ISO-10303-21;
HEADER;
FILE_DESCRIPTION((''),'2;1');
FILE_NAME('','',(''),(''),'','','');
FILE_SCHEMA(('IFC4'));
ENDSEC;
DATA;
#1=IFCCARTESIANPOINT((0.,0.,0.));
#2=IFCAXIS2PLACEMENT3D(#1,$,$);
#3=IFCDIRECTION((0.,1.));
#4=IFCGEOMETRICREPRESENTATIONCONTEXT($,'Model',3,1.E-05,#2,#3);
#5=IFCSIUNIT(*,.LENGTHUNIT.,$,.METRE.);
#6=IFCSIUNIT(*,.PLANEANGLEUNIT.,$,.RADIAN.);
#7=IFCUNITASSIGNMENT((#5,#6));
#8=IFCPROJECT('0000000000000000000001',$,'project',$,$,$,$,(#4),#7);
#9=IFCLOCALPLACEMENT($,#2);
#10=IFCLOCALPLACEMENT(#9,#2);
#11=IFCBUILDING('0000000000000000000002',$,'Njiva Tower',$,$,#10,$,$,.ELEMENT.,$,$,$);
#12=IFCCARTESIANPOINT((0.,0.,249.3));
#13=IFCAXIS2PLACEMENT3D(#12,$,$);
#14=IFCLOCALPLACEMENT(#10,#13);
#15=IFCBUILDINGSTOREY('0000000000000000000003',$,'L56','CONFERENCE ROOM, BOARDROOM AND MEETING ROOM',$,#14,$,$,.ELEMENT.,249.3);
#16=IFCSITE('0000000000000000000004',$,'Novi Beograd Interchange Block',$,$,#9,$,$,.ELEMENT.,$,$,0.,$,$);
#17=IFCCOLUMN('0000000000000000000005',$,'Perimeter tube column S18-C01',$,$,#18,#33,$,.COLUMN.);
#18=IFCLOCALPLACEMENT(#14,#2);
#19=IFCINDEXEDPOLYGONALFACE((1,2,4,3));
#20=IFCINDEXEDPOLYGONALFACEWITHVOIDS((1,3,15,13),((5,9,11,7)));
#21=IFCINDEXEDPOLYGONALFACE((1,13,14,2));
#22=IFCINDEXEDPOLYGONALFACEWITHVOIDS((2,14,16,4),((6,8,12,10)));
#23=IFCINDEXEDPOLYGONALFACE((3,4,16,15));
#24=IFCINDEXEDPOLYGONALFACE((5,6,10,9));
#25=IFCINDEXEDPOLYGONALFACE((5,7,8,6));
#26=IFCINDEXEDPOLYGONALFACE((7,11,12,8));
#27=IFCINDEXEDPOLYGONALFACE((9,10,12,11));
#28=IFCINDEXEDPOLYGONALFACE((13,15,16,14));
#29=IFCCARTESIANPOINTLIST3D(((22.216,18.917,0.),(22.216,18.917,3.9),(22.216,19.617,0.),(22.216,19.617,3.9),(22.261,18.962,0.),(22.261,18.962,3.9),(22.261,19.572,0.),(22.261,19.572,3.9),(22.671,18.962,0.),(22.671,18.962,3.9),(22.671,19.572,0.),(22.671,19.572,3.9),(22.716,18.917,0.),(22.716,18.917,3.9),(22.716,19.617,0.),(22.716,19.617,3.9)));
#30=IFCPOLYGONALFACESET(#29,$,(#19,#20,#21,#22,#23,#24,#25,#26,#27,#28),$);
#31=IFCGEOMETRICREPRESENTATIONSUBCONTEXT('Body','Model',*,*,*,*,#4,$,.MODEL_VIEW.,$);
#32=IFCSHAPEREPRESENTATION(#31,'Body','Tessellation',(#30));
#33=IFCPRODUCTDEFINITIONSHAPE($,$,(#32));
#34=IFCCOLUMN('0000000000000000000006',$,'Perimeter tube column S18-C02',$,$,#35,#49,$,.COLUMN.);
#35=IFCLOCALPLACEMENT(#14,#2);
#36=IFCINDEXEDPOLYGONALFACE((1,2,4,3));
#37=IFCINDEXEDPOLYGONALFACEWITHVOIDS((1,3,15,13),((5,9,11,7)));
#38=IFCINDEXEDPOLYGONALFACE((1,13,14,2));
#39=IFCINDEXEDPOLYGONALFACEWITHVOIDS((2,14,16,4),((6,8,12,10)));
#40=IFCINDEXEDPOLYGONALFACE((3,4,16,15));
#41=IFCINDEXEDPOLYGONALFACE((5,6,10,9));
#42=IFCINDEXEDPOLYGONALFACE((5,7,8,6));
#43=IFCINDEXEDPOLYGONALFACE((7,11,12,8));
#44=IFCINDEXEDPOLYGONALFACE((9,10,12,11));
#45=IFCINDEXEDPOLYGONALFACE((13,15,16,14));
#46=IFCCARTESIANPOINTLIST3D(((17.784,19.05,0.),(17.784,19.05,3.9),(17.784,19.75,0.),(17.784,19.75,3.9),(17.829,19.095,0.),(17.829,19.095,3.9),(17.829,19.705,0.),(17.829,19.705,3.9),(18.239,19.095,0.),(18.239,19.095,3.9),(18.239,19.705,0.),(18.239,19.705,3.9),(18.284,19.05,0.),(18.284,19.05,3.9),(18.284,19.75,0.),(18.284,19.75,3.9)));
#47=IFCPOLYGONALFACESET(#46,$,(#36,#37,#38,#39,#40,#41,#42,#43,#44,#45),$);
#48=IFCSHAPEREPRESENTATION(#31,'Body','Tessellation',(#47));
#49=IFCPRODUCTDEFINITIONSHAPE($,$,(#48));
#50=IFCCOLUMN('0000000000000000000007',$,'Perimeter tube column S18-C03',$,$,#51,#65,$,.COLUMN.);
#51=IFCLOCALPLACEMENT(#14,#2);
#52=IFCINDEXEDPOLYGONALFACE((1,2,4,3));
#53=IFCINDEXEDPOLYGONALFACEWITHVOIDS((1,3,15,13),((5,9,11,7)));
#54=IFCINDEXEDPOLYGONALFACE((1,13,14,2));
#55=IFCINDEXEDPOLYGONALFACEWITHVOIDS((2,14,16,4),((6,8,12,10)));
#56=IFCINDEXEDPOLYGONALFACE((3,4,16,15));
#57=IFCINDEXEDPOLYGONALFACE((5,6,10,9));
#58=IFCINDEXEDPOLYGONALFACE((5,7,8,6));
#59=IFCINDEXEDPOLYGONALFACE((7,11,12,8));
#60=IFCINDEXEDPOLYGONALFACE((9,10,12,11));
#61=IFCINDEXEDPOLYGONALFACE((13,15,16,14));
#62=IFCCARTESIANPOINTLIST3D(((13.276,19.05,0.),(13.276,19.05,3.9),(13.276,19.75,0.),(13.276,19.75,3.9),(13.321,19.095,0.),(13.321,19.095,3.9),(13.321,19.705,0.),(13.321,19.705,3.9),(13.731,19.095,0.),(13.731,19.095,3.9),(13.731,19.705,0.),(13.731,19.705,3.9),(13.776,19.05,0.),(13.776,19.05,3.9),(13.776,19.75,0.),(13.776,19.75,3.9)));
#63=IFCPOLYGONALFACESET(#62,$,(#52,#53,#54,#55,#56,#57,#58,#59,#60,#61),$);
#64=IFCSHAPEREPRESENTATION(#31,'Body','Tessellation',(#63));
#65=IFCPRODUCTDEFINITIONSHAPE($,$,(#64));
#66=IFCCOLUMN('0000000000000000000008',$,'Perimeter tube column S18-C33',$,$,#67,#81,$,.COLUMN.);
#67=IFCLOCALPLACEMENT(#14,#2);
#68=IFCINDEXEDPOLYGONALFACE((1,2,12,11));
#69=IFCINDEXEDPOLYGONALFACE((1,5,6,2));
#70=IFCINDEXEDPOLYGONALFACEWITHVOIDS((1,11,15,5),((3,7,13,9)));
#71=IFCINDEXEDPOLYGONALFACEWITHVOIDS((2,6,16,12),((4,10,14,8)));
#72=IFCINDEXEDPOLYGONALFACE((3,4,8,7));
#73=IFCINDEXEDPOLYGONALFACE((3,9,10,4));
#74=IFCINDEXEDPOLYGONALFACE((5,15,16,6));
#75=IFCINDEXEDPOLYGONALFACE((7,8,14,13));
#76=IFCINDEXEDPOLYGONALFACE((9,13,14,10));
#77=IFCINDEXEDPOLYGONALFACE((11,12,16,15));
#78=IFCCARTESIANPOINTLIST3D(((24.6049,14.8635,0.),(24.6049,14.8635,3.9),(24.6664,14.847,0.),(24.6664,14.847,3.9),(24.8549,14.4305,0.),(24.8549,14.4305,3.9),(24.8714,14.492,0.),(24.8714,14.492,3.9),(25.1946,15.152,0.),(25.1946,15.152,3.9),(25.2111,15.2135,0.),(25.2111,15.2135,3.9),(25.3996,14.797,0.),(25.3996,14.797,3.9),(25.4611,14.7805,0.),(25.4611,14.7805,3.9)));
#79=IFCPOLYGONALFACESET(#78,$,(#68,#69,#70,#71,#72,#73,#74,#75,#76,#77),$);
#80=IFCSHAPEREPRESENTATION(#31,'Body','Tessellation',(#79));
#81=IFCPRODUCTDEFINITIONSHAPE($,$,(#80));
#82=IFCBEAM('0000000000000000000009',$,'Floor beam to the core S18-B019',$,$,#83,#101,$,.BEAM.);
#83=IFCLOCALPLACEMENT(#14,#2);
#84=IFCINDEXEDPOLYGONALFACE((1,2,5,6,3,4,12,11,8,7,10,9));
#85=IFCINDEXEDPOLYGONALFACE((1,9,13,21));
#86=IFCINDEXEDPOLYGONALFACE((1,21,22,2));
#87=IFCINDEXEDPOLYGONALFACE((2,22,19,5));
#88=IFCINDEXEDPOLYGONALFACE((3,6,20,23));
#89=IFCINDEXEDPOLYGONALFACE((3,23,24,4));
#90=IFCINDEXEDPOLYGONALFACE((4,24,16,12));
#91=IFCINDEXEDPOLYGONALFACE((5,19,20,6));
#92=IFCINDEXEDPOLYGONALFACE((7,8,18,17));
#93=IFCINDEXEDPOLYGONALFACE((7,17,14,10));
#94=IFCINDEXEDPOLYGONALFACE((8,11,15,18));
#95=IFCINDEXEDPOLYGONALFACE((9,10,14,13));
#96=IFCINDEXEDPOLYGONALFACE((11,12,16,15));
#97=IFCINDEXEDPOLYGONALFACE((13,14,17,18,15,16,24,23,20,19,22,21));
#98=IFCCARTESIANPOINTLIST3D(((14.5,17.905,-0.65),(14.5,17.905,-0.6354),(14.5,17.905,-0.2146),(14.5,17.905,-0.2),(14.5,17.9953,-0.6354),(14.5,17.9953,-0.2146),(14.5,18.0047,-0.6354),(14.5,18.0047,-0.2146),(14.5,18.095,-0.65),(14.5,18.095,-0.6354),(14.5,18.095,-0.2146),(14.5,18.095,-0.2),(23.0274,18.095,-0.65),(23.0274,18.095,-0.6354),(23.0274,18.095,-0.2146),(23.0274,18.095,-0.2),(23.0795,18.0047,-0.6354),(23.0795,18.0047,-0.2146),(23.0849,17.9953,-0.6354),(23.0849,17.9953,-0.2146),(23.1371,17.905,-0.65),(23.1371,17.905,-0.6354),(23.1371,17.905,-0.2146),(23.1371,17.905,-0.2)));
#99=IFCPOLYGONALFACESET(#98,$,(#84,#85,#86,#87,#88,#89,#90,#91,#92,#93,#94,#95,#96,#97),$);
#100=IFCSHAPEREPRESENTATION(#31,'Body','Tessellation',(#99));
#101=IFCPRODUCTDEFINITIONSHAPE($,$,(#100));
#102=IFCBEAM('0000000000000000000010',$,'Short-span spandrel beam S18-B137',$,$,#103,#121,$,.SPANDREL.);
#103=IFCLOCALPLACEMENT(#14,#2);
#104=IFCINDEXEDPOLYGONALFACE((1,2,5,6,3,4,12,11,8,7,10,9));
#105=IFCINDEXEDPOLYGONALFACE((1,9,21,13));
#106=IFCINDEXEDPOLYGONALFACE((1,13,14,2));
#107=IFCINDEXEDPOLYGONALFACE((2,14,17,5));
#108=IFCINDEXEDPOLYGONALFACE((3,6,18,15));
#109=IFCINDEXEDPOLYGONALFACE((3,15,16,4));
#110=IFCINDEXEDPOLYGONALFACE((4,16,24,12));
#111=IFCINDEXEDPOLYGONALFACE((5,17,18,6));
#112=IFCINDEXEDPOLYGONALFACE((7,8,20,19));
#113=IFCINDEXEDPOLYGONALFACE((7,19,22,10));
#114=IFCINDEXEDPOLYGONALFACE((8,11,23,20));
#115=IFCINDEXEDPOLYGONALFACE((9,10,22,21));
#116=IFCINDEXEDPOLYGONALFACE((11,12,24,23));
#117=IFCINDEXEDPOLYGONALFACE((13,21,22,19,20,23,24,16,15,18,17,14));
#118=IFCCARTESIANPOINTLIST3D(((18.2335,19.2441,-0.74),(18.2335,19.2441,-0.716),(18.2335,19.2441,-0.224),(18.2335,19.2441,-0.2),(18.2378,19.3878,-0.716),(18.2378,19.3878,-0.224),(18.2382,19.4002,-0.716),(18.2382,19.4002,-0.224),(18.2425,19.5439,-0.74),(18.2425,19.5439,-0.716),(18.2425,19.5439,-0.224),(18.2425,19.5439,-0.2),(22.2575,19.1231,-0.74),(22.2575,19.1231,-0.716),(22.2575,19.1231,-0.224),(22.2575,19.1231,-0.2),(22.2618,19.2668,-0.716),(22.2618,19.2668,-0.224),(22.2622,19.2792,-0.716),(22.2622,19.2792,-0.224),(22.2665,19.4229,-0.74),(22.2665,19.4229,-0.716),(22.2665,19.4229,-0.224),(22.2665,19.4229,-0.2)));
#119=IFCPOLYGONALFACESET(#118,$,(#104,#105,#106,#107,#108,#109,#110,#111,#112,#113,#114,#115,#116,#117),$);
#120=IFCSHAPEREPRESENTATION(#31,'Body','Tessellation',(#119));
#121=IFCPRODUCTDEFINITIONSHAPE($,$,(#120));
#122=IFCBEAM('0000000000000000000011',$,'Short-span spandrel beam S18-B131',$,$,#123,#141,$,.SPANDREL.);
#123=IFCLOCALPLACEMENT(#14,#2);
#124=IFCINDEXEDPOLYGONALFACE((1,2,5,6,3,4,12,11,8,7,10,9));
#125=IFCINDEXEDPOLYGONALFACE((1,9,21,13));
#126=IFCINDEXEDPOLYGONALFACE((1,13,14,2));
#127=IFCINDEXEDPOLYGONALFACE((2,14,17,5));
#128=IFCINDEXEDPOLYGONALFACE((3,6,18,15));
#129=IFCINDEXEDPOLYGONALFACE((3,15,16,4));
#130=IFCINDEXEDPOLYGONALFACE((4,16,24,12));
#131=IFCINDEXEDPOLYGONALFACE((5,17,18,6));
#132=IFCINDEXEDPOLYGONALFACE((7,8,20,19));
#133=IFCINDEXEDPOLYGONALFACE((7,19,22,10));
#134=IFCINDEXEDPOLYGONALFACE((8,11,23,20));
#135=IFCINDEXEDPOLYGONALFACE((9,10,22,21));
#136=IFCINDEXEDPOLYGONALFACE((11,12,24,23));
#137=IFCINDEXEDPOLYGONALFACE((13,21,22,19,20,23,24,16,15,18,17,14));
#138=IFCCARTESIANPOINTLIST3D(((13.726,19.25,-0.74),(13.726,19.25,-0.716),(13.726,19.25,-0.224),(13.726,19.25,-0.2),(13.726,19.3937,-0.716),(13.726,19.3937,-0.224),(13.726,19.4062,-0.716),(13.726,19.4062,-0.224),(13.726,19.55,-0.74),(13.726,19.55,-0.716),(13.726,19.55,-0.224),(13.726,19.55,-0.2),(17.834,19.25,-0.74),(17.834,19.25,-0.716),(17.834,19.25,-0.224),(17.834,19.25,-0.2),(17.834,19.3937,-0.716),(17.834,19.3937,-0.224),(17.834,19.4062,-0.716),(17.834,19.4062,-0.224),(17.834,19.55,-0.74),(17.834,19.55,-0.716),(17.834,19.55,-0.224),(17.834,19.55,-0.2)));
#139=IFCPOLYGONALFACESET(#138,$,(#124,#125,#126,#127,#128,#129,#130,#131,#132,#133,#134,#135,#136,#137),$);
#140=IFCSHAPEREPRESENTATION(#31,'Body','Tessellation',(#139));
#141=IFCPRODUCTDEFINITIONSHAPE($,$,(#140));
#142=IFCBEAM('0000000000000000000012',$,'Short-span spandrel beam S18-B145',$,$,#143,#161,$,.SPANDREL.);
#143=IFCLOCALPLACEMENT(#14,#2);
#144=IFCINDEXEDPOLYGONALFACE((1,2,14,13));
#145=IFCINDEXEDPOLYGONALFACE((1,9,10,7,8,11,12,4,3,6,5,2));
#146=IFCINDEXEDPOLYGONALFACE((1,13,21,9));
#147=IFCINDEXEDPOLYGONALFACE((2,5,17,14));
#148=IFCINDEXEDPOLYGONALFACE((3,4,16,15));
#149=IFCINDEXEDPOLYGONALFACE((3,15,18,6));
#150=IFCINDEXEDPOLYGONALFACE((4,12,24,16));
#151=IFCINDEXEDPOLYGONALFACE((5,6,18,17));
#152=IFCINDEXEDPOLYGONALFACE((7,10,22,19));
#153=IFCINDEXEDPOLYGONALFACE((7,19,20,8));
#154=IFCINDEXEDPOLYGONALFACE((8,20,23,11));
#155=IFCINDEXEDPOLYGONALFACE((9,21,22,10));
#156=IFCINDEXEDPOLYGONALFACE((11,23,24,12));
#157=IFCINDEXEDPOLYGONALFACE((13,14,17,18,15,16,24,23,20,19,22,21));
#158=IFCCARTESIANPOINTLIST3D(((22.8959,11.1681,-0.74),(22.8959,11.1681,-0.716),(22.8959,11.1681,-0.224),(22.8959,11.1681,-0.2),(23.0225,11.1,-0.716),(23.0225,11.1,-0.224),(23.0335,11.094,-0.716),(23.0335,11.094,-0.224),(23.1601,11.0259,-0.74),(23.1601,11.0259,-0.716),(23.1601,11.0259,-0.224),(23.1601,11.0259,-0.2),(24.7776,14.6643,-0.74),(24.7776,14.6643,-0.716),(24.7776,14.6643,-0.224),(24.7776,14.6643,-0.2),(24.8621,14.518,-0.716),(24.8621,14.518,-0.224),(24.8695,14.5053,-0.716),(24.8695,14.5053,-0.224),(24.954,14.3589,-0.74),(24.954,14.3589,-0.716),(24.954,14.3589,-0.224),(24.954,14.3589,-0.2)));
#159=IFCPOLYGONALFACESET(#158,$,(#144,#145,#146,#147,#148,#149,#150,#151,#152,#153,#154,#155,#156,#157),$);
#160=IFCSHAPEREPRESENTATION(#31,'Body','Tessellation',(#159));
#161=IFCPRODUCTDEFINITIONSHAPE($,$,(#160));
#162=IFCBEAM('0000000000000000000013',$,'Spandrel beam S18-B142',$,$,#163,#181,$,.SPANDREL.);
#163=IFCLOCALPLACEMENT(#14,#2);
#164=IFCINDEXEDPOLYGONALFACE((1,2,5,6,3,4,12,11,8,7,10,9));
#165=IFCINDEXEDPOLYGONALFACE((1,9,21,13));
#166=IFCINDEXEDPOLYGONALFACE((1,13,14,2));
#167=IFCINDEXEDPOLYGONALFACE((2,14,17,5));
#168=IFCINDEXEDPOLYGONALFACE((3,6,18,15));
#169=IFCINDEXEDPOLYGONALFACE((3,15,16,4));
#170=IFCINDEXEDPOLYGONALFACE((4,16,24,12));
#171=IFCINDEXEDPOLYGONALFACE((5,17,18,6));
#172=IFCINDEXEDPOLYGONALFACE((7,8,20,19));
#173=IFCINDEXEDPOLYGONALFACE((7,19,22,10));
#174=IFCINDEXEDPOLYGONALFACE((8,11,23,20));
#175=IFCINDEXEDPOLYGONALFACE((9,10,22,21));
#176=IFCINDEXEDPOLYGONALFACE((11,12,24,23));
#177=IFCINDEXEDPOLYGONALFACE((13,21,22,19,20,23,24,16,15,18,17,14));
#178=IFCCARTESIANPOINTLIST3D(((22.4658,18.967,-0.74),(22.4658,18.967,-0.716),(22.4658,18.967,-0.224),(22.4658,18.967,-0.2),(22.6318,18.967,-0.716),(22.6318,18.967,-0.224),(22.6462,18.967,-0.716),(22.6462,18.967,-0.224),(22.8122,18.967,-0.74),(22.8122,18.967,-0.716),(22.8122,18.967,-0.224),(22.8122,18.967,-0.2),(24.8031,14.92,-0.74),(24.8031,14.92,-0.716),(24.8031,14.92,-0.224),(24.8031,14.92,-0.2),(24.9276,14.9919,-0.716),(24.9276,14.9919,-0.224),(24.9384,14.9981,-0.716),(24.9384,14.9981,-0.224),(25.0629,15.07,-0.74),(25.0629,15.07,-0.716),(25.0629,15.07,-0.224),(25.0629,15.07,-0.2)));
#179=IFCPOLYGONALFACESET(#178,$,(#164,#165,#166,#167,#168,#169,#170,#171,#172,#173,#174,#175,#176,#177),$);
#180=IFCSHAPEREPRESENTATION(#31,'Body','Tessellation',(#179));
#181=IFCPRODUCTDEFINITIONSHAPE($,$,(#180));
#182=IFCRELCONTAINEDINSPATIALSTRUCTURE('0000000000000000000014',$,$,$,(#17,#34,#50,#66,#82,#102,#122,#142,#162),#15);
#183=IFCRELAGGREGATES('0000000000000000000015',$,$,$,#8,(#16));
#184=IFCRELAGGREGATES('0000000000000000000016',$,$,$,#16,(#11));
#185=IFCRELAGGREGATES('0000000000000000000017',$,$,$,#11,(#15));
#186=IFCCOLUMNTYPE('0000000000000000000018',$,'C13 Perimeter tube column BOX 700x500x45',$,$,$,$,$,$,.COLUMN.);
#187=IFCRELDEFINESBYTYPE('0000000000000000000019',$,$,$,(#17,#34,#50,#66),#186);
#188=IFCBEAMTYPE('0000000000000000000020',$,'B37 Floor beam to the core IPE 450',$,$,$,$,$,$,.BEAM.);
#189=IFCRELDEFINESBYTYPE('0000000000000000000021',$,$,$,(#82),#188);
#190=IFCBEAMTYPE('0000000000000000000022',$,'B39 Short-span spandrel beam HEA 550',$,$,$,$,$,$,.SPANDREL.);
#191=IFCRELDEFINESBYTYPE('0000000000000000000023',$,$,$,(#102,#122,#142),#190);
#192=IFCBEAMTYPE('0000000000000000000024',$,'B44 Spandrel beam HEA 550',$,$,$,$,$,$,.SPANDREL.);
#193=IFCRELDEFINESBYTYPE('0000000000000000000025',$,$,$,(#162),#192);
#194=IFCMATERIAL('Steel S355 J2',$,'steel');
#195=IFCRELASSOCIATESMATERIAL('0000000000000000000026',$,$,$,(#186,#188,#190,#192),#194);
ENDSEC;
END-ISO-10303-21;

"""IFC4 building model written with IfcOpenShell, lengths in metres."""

from ifc_helpers import new_model, si_unit, direction, frame, origin, origin_2d, place, context, subcontext, project, spatial, hollow_rectangle, i_section, extrude, clip, halfspace, material, material_profile, profile_set, type_object, element, save


model = new_model("IFC4")

# Units and contexts
model_context = context("Model", 3, precision=1e-05, world=origin(), true_north=direction((0.0, 1.0)))
body_context = subcontext(model_context, "Body", "Model", "MODEL_VIEW")
ifc_project = project(units=[si_unit("LENGTHUNIT", "METRE"), si_unit("PLANEANGLEUNIT", "RADIAN")], contexts=[model_context])

# Site, building, storey
site_placement = place(None, origin())
site = spatial("IfcSite", under=ifc_project, at=site_placement, Name="Novi Beograd Interchange Block", CompositionType="ELEMENT", RefElevation=0.0)
building_placement = place(site_placement, origin())
building = spatial("IfcBuilding", under=site, at=building_placement, Name="Njiva Tower", CompositionType="ELEMENT")
storey_placement = place(building_placement, frame((0.0, 0.0, 249.3)))
storey = spatial("IfcBuildingStorey", under=building, at=storey_placement, Name="L56", Description="CONFERENCE ROOM, BOARDROOM AND MEETING ROOM", CompositionType="ELEMENT", Elevation=249.3)

# Columns
ifc_material_1 = material(Name="Steel S355 J2", Category="steel")
ifc_material_profile_1 = material_profile(ifc_material_1, hollow_rectangle(XDim=0.5, YDim=0.7, WallThickness=0.045, at=origin_2d()), Name="BOX 700x500x45")
ifc_profile_set_1 = profile_set([ifc_material_profile_1], Name="Steel S355 J2")
column_type = type_object("IfcColumnType", Name="C13 Perimeter tube column BOX 700x500x45", PredefinedType="COLUMN", material=ifc_profile_set_1)
for number, where, z_axis, x_axis, name in (
    (1, (22.466, 19.267, 0.0), (0.0, 0.0, 1.0), (-1.0, 0.0, 0.0), "Perimeter tube column S18-C01"),
    (2, (18.034, 19.4, 0.0), (0.0, 0.0, 1.0), (-1.0, 0.0, 0.0), "Perimeter tube column S18-C02"),
    (3, (13.526, 19.4, 0.0), (0.0, 0.0, 1.0), (-1.0, 0.0, 0.0), "Perimeter tube column S18-C03"),
    (4, (25.033, 14.822, 0.0), (0.0, 0.0, 1.0), (-0.5, 0.866025, 0.0), "Perimeter tube column S18-C33"),
):
    element("IfcColumn", number, at=place(storey_placement, frame(where, z_axis=z_axis, x_axis=x_axis)), inside=storey, type_object=column_type, Name=name, PredefinedType="COLUMN", context=body_context, shape_type="SweptSolid", body=[
        extrude(hollow_rectangle(XDim=0.5, YDim=0.7, WallThickness=0.045, at=origin_2d()), origin(), (0.0, 0.0, 1.0), 3.9),
    ])

# Beams
ifc_material_profile_2 = material_profile(ifc_material_1, i_section(OverallWidth=0.19, OverallDepth=0.45, WebThickness=0.0094, FlangeThickness=0.0146, at=origin_2d()), Name="IPE 450")
ifc_profile_set_2 = profile_set([ifc_material_profile_2], Name="Steel S355 J2")
beam_type_1 = type_object("IfcBeamType", Name="B37 Floor beam to the core IPE 450", PredefinedType="BEAM", material=ifc_profile_set_2)
beam_1_placement = place(storey_placement, frame((14.5, 18.0, -0.425), z_axis=(1.0, 0.0, 0.0), x_axis=(0.0, 1.0, 0.0)))
element("IfcBeam", 5, at=beam_1_placement, inside=storey, type_object=beam_type_1, Name="Floor beam to the core S18-B019", PredefinedType="BEAM", context=body_context, shape_type="Clipping", body=[
    clip(extrude(i_section(OverallWidth=0.19, OverallDepth=0.45, WebThickness=0.0094, FlangeThickness=0.0146, at=origin_2d()), origin(), (0.0, 0.0, 1.0), 8.657), halfspace(frame((0.025, 0.0, 8.5678), z_axis=(0.499998, 0.0, 0.866027), x_axis=(0.0, 1.0, 0.0)), False)),
])
ifc_material_profile_3 = material_profile(ifc_material_1, i_section(OverallWidth=0.3, OverallDepth=0.54, WebThickness=0.0125, FlangeThickness=0.024, at=origin_2d()), Name="HEA 550")
ifc_profile_set_3 = profile_set([ifc_material_profile_3], Name="Steel S355 J2")
beam_type_2 = type_object("IfcBeamType", Name="B39 Short-span spandrel beam HEA 550", PredefinedType="SPANDREL", material=ifc_profile_set_3)
beam_2_placement = place(storey_placement, frame((22.262, 19.273, -0.47), z_axis=(-0.999548, 0.030056, 0.0), x_axis=(-0.030056, -0.999548, 0.0)))
element("IfcBeam", 6, at=beam_2_placement, inside=storey, type_object=beam_type_2, Name="Short-span spandrel beam S18-B137", PredefinedType="SPANDREL", context=body_context, shape_type="SweptSolid", body=[
    extrude(i_section(OverallWidth=0.3, OverallDepth=0.54, WebThickness=0.0125, FlangeThickness=0.024, at=origin_2d()), origin(), (0.0, 0.0, 1.0), 4.0258),
])
beam_3_placement = place(storey_placement, frame((17.834, 19.4, -0.47), z_axis=(-1.0, 0.0, 0.0), x_axis=(0.0, -1.0, 0.0)))
element("IfcBeam", 7, at=beam_3_placement, inside=storey, type_object=beam_type_2, Name="Short-span spandrel beam S18-B131", PredefinedType="SPANDREL", context=body_context, shape_type="SweptSolid", body=[
    extrude(i_section(OverallWidth=0.3, OverallDepth=0.54, WebThickness=0.0125, FlangeThickness=0.024, at=origin_2d()), origin(), (0.0, 0.0, 1.0), 4.108),
])
beam_4_placement = place(storey_placement, frame((23.028, 11.097, -0.47), z_axis=(0.473931, 0.880562, 0.0), x_axis=(-0.880562, 0.473931, 0.0)))
element("IfcBeam", 8, at=beam_4_placement, inside=storey, type_object=beam_type_2, Name="Short-span spandrel beam S18-B145", PredefinedType="SPANDREL", context=body_context, shape_type="Clipping", body=[
    clip(extrude(i_section(OverallWidth=0.3, OverallDepth=0.54, WebThickness=0.0125, FlangeThickness=0.024, at=origin_2d()), origin(), (0.0, 0.0, 1.0), 3.9912), halfspace(frame((-0.026, 0.0, 3.8617), z_axis=(-0.525626, 0.0, 0.850716), x_axis=(0.0, 1.0, 0.0)), False)),
])
ifc_material_profile_4 = material_profile(ifc_material_1, i_section(OverallWidth=0.3, OverallDepth=0.54, WebThickness=0.0125, FlangeThickness=0.024, at=origin_2d()), Name="HEA 550")
ifc_profile_set_4 = profile_set([ifc_material_profile_4], Name="Steel S355 J2")
beam_type_3 = type_object("IfcBeamType", Name="B44 Spandrel beam HEA 550", PredefinedType="SPANDREL", material=ifc_profile_set_4)
beam_5_placement = place(storey_placement, frame((24.933, 14.995, -0.47), z_axis=(-0.500125, 0.865953, 0.0), x_axis=(-0.865953, -0.500125, 0.0)))
element("IfcBeam", 9, at=beam_5_placement, inside=storey, type_object=beam_type_3, Name="Spandrel beam S18-B142", PredefinedType="SPANDREL", context=body_context, shape_type="Clipping", body=[
    clip(extrude(i_section(OverallWidth=0.3, OverallDepth=0.54, WebThickness=0.0125, FlangeThickness=0.024, at=origin_2d()), origin(), (0.0, 0.0, 1.0), 4.6939), halfspace(frame((-0.0254, 0.0, 4.5722), z_axis=(-0.500125, 0.0, 0.865953), x_axis=(0.0, 1.0, 0.0)), False)),
])

save(model, "model.ifc")
